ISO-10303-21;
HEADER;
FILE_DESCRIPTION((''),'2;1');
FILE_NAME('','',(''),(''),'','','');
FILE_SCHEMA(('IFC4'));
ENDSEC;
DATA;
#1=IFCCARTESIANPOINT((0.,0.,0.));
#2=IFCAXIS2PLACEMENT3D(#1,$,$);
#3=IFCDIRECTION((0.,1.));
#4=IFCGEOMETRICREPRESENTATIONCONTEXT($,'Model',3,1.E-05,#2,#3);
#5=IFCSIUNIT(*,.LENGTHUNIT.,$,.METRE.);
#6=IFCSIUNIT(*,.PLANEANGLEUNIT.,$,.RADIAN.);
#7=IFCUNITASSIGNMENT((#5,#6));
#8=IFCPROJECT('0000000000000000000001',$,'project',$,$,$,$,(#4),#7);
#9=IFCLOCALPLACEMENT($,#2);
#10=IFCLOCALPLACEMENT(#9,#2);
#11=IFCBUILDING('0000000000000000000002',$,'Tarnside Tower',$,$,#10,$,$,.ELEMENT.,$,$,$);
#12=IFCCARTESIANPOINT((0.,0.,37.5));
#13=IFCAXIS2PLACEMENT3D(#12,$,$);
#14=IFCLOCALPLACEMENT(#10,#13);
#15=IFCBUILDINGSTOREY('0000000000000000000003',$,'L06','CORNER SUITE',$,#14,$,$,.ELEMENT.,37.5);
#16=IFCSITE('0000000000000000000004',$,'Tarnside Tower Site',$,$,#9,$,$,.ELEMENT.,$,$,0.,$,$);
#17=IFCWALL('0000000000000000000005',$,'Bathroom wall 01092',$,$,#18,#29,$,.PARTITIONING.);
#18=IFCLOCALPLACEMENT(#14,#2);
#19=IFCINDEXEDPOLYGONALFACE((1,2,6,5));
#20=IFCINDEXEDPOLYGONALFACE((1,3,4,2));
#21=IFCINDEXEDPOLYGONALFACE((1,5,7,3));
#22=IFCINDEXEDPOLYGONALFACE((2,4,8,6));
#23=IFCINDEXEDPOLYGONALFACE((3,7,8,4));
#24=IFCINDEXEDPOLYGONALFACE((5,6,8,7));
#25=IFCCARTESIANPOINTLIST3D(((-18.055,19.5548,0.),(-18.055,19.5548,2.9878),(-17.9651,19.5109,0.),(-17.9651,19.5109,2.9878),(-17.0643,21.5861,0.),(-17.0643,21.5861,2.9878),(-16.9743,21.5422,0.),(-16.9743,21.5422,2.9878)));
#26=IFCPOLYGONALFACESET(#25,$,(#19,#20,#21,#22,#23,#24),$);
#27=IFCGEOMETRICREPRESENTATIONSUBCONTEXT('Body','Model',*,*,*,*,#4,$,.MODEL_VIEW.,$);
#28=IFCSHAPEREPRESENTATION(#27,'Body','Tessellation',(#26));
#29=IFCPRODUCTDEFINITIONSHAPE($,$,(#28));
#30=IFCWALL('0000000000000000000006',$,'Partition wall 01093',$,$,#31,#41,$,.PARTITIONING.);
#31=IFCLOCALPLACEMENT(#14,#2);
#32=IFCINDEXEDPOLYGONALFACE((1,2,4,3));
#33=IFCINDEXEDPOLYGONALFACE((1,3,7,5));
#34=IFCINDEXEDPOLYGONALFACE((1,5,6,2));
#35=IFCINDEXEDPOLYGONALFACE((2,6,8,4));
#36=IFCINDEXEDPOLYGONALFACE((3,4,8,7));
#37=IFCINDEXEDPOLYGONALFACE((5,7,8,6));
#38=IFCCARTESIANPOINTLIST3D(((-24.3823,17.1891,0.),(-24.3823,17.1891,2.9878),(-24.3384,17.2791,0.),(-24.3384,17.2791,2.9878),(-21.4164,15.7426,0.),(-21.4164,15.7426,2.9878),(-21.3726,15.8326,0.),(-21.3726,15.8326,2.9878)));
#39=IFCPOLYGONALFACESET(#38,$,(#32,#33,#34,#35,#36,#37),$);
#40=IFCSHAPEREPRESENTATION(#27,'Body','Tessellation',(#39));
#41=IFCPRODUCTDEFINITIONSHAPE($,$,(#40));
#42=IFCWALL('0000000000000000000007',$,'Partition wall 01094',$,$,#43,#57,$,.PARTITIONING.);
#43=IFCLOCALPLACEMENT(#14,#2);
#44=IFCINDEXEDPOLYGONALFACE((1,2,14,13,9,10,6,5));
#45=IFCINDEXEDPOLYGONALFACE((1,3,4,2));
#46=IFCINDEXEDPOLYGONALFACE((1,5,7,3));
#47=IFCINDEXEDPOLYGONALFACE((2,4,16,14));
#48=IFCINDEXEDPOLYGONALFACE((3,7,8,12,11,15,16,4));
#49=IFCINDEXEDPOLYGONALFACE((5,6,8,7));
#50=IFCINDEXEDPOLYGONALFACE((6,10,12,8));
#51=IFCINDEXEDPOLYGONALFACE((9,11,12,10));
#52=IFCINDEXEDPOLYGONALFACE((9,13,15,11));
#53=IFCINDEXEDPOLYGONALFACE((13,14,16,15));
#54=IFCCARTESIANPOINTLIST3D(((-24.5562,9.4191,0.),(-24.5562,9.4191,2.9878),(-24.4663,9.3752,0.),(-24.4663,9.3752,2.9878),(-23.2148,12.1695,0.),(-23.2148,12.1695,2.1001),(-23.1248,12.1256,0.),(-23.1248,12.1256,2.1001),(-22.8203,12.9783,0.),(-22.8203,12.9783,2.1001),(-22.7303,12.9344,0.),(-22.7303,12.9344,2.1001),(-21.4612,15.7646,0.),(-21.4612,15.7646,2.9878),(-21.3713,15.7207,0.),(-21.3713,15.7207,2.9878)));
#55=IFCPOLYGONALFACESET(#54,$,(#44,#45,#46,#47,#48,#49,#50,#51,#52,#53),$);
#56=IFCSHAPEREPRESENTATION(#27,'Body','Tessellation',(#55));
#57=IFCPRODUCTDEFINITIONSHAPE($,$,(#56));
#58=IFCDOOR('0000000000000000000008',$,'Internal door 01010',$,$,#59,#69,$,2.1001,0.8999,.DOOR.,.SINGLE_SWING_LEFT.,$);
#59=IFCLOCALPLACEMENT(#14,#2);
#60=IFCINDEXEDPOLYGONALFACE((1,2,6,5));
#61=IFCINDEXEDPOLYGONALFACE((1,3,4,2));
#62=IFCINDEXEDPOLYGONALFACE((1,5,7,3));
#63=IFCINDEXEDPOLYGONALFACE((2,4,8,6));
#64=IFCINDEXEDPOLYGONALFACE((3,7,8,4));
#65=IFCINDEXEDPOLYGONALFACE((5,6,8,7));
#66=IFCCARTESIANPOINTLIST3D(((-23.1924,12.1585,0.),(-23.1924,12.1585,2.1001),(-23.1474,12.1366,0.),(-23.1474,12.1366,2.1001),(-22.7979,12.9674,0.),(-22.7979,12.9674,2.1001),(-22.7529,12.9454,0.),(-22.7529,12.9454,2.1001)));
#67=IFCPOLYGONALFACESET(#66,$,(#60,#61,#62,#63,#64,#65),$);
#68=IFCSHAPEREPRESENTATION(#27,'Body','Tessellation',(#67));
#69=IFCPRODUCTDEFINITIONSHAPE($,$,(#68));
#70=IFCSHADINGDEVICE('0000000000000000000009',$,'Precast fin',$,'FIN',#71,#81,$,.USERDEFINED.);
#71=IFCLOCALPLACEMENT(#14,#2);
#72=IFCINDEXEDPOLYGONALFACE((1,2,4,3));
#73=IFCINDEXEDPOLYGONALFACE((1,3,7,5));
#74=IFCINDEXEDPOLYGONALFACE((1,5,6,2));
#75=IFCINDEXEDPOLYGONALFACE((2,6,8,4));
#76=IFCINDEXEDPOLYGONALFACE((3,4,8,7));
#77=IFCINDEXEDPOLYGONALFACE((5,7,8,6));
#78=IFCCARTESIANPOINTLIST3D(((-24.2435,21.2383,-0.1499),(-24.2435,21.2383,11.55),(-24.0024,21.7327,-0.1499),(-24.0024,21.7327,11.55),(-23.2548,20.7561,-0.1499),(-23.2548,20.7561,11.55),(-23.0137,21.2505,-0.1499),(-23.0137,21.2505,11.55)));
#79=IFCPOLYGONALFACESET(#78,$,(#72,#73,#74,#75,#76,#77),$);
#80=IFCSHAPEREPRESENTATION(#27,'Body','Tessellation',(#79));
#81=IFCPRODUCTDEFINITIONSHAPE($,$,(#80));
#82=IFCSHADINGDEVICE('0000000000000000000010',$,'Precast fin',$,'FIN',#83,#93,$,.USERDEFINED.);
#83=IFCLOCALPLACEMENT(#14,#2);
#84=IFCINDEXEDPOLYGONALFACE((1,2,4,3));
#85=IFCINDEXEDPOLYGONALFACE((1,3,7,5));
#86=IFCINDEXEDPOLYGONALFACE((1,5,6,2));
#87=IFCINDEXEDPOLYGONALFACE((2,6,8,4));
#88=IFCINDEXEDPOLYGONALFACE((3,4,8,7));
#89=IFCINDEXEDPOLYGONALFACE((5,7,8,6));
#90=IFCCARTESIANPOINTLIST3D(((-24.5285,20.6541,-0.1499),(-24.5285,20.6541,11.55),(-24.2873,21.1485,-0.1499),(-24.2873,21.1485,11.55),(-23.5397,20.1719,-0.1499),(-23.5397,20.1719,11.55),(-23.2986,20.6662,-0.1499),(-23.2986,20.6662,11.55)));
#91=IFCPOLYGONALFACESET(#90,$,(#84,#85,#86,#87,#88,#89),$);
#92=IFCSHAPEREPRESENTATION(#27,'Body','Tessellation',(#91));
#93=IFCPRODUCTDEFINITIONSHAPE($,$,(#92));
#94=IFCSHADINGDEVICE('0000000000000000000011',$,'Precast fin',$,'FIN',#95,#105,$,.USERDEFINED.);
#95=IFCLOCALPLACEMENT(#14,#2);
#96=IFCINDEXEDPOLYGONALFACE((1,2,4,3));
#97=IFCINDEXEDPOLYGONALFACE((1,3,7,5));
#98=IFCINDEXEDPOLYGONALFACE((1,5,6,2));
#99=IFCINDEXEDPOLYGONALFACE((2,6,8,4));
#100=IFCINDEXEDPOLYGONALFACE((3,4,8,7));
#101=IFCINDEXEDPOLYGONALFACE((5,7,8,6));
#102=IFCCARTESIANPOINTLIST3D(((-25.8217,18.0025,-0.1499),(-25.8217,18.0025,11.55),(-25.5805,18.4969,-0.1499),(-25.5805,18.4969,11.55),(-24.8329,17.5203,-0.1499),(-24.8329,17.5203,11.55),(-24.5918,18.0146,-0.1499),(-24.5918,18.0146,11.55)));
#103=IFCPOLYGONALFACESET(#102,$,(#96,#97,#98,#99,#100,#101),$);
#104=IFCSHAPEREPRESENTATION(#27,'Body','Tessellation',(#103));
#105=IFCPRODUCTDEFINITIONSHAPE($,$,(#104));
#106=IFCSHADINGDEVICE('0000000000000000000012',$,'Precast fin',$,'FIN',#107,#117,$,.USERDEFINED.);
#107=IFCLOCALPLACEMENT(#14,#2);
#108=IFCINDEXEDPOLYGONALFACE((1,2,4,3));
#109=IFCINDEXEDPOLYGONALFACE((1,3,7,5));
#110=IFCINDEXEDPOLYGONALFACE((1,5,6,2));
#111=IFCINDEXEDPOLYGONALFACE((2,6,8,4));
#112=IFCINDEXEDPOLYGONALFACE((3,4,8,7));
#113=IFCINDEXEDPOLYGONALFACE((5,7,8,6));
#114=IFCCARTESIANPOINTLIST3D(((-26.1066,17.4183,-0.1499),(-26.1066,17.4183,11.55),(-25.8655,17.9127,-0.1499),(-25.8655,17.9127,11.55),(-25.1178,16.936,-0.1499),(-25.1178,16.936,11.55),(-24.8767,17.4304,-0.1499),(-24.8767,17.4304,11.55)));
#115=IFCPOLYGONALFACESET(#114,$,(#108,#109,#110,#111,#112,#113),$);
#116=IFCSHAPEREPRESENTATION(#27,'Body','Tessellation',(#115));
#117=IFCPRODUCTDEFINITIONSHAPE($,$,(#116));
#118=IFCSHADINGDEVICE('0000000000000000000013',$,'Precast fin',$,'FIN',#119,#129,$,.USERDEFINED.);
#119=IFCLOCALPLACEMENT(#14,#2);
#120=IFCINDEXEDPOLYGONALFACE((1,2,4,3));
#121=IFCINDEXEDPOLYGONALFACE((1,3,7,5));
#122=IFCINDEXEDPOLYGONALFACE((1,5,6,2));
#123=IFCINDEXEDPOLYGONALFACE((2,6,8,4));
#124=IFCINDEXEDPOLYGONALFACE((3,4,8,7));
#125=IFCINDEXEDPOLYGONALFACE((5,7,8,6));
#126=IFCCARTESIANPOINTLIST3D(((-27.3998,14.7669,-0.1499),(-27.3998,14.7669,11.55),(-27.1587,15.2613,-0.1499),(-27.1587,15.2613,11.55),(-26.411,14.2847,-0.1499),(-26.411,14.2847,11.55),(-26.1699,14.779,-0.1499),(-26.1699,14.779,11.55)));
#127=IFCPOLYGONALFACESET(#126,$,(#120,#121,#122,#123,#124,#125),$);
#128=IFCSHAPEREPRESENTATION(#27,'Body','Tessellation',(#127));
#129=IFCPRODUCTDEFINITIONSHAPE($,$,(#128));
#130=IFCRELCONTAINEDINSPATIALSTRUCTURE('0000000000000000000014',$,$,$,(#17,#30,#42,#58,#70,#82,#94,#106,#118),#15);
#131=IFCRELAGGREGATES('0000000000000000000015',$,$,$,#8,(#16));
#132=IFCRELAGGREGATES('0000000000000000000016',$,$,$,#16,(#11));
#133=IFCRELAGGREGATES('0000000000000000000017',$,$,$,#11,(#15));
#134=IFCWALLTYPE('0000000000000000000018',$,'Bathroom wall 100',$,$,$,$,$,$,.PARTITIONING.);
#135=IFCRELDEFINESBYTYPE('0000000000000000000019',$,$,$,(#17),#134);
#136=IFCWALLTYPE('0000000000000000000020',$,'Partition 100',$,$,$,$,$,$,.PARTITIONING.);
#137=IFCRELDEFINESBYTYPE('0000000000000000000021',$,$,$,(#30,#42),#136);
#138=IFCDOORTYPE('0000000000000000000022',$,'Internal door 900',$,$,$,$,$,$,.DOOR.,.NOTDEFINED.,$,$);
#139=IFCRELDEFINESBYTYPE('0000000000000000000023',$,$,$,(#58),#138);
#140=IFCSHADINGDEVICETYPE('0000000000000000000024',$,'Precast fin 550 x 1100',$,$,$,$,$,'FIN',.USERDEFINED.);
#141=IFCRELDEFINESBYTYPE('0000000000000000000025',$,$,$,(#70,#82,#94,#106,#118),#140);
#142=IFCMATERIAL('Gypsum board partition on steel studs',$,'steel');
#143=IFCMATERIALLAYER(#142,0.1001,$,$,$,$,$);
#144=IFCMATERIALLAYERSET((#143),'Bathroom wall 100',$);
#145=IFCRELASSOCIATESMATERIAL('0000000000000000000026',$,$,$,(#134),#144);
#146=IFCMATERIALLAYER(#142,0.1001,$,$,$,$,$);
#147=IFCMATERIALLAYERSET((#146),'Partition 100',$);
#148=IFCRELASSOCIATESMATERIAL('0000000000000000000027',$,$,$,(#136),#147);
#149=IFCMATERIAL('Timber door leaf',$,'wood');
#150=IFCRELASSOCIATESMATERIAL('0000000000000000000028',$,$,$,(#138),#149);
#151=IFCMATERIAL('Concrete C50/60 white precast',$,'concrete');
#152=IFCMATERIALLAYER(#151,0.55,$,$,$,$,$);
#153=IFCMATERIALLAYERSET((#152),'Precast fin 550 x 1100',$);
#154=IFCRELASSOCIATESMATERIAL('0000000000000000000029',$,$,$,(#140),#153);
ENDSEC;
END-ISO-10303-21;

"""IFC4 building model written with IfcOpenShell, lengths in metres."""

from ifc_helpers import new_model, si_unit, direction, frame, frame_2d, origin, place, context, subcontext, project, spatial, polyline, rectangle, outline, extrude, material, layer, layer_set, type_object, element, fill, save


model = new_model("IFC4")

# Units and contexts
model_context = context("Model", 3, precision=1e-05, world=origin(), true_north=direction((0.0, 1.0)))
body_context = subcontext(model_context, "Body", "Model", "MODEL_VIEW")
ifc_project = project(units=[si_unit("LENGTHUNIT", "METRE"), si_unit("PLANEANGLEUNIT", "RADIAN")], contexts=[model_context])

# Site, building, storey
site_placement = place(None, origin())
site = spatial("IfcSite", under=ifc_project, at=site_placement, Name="Tarnside Tower Site", CompositionType="ELEMENT", RefElevation=0.0)
building_placement = place(site_placement, origin())
building = spatial("IfcBuilding", under=site, at=building_placement, Name="Tarnside Tower", CompositionType="ELEMENT")
storey_placement = place(building_placement, frame((0.0, 0.0, 37.5)))
storey = spatial("IfcBuildingStorey", under=building, at=storey_placement, Name="L06", Description="CORNER SUITE", CompositionType="ELEMENT", Elevation=37.5)

# Walls
ifc_material_1 = material(Name="Gypsum board partition on steel studs", Category="steel")
ifc_layer_1 = layer(ifc_material_1, 0.1001)
ifc_layer_set_1 = layer_set([ifc_layer_1], Name="Bathroom wall 100")
wall_type_1 = type_object("IfcWallType", Name="Bathroom wall 100", PredefinedType="PARTITIONING", material=ifc_layer_set_1)
wall_1_placement = place(storey_placement, frame((-18.01, 19.533, 0.0), z_axis=(0.0, 0.0, 1.0), x_axis=(0.438377, 0.898791, 0.0)))
element("IfcWall", 1, at=wall_1_placement, inside=storey, type_object=wall_type_1, Name="Bathroom wall 01092", PredefinedType="PARTITIONING", context=body_context, shape_type="SweptSolid", body=[
    extrude(rectangle(XDim=2.26, YDim=0.1001, at=frame_2d((1.1299, 0.0))), origin(), (0.0, 0.0, 1.0), 2.9878),
])
ifc_layer_2 = layer(ifc_material_1, 0.1001)
ifc_layer_set_2 = layer_set([ifc_layer_2], Name="Partition 100")
wall_type_2 = type_object("IfcWallType", Name="Partition 100", PredefinedType="PARTITIONING", material=ifc_layer_set_2)
wall_2_placement = place(storey_placement, frame((-24.3604, 17.2341, 0.0), z_axis=(0.0, 0.0, 1.0), x_axis=(0.898793, -0.438373, 0.0)))
element("IfcWall", 2, at=wall_2_placement, inside=storey, type_object=wall_type_2, Name="Partition wall 01093", PredefinedType="PARTITIONING", context=body_context, shape_type="SweptSolid", body=[
    extrude(rectangle(XDim=3.2998, YDim=0.1001, at=frame_2d((1.6499, 0.0))), origin(), (0.0, 0.0, 1.0), 2.9878),
])

# Wall, opening, door
wall_3_placement = place(storey_placement, frame((-21.4163, 15.7427, 0.0), z_axis=(0.0, 0.0, 1.0), x_axis=(-0.438381, -0.898789, 0.0)))
wall_3 = element("IfcWall", 3, at=wall_3_placement, inside=storey, type_object=wall_type_2, Name="Partition wall 01094", PredefinedType="PARTITIONING", context=body_context, shape_type="SweptSolid", body=[
    extrude(rectangle(XDim=7.0601, YDim=0.1001, at=frame_2d((3.53, 0.0))), origin(), (0.0, 0.0, 1.0), 2.9878),
])
opening_placement = place(wall_3_placement, frame((3.1001, 0.0, 0.0)))
opening = element("IfcOpeningElement", 4, at=opening_placement, cuts=wall_3, PredefinedType="OPENING", context=body_context, shape_type="SweptSolid", body=[
    extrude(rectangle(XDim=0.8999, YDim=2.1001, at=frame_2d((0.45, 1.05))), frame((0.0, 0.0601, 0.0), z_axis=(0.0, -1.0, 0.0), x_axis=(1.0, 0.0, 0.0)), (0.0, 0.0, 1.0), 0.1201),
])
ifc_material_2 = material(Name="Timber door leaf", Category="wood")
door_type = type_object("IfcDoorType", Name="Internal door 900", OperationType="NOTDEFINED", PredefinedType="DOOR", material=ifc_material_2)
door_placement = place(opening_placement, origin())
door = element("IfcDoor", 5, at=door_placement, inside=storey, type_object=door_type, Name="Internal door 01010", OperationType="SINGLE_SWING_LEFT", OverallHeight=2.1001, OverallWidth=0.8999, PredefinedType="DOOR", context=body_context, shape_type="SweptSolid", body=[
    extrude(rectangle(XDim=0.8999, YDim=2.1001, at=frame_2d((0.45, 1.05))), frame((0.0, 0.0249, 0.0), z_axis=(0.0, -1.0, 0.0), x_axis=(1.0, 0.0, 0.0)), (0.0, 0.0, 1.0), 0.05),
])
fill(opening, door)

# Shading devices
ifc_material_3 = material(Name="Concrete C50/60 white precast", Category="concrete")
ifc_layer_3 = layer(ifc_material_3, 0.55)
ifc_layer_set_3 = layer_set([ifc_layer_3], Name="Precast fin 550 x 1100")
shading_device_type = type_object("IfcShadingDeviceType", Name="Precast fin 550 x 1100", ElementType="FIN", PredefinedType="USERDEFINED", material=ifc_layer_set_3)
for number, where, z_axis, x_axis, name in (
    (6, (-23.1343, 21.0032, -0.1499), (0.438371, 0.898794, 0.0), (-0.898794, 0.438371, 0.0), "Precast fin"),
    (7, (-23.4192, 20.4189, -0.1499), (0.438371, 0.898794, 0.0), (-0.898794, 0.438371, 0.0), "Precast fin"),
    (8, (-24.7124, 17.7673, -0.1499), (0.438371, 0.898794, 0.0), (-0.898794, 0.438371, 0.0), "Precast fin"),
    (9, (-24.9973, 17.1831, -0.1499), (0.438371, 0.898794, 0.0), (-0.898794, 0.438371, 0.0), "Precast fin"),
    (10, (-26.2905, 14.5317, -0.1499), (0.438371, 0.898794, 0.0), (-0.898794, 0.438371, 0.0), "Precast fin"),
):
    element("IfcShadingDevice", number, at=place(storey_placement, frame(where, z_axis=z_axis, x_axis=x_axis)), inside=storey, type_object=shading_device_type, Name=name, ObjectType="FIN", PredefinedType="USERDEFINED", context=body_context, shape_type="SweptSolid", body=[
        extrude(outline(polyline([(0.0, 0.0), (1.1001, 0.0), (1.1001, 11.7), (0.0, 11.7), (0.0, 0.0)])), frame((0.0, 0.0, -0.2749)), (0.0, 0.0, 1.0), 0.55),
    ])

save(model, "model.ifc")
